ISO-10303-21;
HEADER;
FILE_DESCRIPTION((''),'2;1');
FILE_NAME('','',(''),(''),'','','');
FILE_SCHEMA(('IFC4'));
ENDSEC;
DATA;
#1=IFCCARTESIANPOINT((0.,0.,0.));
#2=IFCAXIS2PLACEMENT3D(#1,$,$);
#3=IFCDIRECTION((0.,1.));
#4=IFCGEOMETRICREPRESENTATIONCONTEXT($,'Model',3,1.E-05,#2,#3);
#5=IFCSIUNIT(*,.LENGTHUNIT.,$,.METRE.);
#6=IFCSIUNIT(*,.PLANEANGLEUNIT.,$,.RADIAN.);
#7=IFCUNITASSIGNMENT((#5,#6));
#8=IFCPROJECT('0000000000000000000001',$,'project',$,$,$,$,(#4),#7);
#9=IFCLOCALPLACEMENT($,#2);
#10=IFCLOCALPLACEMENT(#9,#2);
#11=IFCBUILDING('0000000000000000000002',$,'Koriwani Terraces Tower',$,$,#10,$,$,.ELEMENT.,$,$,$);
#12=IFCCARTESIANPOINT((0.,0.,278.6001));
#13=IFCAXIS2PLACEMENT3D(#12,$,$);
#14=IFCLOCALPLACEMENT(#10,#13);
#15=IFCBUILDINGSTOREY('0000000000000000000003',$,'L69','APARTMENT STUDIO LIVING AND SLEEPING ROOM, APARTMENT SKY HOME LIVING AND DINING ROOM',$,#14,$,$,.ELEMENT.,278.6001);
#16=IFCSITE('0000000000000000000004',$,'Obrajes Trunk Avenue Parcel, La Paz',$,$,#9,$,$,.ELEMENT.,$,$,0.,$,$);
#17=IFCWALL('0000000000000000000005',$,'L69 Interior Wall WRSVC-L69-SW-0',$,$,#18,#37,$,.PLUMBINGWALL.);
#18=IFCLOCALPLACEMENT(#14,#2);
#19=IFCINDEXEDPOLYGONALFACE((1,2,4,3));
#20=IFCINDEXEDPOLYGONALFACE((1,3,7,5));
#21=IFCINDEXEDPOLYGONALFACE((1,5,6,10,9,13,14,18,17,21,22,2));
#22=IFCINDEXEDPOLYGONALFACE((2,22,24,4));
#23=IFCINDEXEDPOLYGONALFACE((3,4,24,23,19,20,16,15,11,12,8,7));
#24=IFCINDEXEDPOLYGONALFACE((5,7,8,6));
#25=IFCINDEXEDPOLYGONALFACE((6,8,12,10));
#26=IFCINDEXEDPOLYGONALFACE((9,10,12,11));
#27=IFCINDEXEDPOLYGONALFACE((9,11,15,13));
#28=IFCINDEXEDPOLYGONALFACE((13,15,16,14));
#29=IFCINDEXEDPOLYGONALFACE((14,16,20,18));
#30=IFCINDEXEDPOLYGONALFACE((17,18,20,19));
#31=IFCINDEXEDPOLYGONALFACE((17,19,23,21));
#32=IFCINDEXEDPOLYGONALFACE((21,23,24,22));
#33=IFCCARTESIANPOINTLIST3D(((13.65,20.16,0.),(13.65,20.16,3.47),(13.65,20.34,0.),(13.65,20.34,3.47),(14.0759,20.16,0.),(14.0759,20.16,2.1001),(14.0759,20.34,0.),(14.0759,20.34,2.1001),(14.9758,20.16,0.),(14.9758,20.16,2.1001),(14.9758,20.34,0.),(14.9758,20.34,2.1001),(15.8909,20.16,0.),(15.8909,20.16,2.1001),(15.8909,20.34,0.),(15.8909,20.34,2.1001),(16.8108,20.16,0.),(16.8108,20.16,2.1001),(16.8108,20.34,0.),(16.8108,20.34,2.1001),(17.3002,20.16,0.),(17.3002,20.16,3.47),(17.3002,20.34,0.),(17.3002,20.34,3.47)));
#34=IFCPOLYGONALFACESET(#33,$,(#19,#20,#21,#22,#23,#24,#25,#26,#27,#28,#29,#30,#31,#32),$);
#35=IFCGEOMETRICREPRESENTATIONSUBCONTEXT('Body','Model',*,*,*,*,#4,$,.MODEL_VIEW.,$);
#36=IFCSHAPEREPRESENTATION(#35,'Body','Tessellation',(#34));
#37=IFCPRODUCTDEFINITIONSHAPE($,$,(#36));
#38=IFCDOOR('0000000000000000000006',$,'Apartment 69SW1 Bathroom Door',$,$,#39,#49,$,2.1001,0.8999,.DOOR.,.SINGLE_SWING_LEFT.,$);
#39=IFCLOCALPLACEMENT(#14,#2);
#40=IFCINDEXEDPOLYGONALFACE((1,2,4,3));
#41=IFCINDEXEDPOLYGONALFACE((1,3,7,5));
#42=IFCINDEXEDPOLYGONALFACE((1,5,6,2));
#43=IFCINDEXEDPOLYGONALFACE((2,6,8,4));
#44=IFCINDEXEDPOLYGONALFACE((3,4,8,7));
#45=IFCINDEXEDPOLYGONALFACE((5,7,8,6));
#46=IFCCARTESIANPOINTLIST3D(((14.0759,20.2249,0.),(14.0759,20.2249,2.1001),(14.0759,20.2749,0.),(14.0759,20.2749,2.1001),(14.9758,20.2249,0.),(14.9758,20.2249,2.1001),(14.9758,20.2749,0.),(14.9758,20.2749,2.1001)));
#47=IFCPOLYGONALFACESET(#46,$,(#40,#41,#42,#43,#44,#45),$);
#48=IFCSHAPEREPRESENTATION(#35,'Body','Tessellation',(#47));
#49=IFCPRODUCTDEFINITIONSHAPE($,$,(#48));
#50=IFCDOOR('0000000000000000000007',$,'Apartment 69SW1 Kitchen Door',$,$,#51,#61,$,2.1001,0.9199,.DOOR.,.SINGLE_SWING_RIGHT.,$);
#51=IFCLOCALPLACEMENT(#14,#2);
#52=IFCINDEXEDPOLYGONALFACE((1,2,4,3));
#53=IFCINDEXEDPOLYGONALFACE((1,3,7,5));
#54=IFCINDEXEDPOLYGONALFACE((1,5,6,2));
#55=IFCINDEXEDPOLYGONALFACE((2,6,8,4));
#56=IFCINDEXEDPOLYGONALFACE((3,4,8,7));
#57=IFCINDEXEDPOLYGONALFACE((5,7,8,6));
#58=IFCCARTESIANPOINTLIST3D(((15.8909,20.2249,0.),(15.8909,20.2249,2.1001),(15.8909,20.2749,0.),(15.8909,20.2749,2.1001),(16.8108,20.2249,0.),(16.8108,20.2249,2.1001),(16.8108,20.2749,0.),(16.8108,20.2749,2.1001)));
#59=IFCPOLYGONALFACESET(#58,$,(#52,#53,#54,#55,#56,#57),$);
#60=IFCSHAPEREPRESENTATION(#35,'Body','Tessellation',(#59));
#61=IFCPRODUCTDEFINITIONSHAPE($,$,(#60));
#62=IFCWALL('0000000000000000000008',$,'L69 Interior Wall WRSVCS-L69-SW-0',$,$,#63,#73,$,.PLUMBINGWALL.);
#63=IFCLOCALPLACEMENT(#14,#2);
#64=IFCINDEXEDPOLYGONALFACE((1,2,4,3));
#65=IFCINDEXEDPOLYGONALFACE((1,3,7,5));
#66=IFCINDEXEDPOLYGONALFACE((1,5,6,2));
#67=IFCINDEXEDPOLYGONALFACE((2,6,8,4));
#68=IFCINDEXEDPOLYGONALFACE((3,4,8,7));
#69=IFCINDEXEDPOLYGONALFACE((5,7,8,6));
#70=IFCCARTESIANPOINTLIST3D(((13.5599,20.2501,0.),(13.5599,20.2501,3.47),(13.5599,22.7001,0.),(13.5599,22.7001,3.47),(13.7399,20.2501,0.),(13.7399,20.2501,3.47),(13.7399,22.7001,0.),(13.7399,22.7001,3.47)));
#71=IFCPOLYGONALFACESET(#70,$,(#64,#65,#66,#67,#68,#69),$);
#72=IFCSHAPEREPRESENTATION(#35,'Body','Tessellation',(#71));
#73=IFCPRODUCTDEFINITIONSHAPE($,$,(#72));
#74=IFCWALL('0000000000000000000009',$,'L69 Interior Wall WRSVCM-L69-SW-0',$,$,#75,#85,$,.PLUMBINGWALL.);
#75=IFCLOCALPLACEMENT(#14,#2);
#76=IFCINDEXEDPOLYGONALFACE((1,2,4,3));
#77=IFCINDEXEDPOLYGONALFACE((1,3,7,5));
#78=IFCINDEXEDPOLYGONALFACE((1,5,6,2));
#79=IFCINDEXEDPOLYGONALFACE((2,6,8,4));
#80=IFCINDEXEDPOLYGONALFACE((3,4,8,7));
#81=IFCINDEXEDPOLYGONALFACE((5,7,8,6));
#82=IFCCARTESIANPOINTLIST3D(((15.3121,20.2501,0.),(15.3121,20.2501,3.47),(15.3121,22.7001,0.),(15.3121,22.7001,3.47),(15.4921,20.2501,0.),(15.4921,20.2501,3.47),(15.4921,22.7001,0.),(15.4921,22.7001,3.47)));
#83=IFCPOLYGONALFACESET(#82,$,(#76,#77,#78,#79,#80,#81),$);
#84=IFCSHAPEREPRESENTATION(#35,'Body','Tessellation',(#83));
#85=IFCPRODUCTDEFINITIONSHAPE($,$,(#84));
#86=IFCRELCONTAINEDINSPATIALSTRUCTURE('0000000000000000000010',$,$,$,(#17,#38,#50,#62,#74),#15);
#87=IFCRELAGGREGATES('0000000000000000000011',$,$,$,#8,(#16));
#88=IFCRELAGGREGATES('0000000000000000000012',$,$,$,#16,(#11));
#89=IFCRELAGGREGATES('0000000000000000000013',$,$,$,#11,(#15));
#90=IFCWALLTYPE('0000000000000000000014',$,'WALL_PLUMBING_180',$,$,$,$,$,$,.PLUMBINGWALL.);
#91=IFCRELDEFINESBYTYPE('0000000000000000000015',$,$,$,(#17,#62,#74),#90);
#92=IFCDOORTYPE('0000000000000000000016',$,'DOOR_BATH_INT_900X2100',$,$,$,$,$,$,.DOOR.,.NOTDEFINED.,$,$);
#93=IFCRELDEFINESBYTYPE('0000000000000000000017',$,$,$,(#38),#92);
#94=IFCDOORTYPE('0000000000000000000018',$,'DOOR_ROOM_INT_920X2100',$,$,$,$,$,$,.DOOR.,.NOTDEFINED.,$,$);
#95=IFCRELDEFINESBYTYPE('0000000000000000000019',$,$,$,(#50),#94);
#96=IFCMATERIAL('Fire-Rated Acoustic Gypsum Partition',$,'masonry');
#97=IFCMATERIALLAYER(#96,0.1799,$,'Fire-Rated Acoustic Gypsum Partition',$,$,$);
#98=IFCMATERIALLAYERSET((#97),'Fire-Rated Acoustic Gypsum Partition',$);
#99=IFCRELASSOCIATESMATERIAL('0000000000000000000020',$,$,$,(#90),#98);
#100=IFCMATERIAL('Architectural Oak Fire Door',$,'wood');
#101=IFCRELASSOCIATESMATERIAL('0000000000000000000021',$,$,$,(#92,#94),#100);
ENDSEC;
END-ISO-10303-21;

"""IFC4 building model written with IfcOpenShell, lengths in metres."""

from ifc_helpers import new_model, si_unit, direction, frame, frame_2d, origin, place, context, subcontext, project, spatial, rectangle, extrude, material, layer, layer_set, type_object, element, fill, save


model = new_model("IFC4")

# Units and contexts
model_context = context("Model", 3, precision=1e-05, world=origin(), true_north=direction((0.0, 1.0)))
body_context = subcontext(model_context, "Body", "Model", "MODEL_VIEW")
ifc_project = project(units=[si_unit("LENGTHUNIT", "METRE"), si_unit("PLANEANGLEUNIT", "RADIAN")], contexts=[model_context])

# Site, building, storey
site_placement = place(None, origin())
site = spatial("IfcSite", under=ifc_project, at=site_placement, Name="Obrajes Trunk Avenue Parcel, La Paz", CompositionType="ELEMENT", RefElevation=0.0)
building_placement = place(site_placement, origin())
building = spatial("IfcBuilding", under=site, at=building_placement, Name="Koriwani Terraces Tower", CompositionType="ELEMENT")
storey_placement = place(building_placement, frame((0.0, 0.0, 278.6001)))
storey = spatial("IfcBuildingStorey", under=building, at=storey_placement, Name="L69", Description="APARTMENT STUDIO LIVING AND SLEEPING ROOM, APARTMENT SKY HOME LIVING AND DINING ROOM", CompositionType="ELEMENT", Elevation=278.6001)

# Wall, openings, doors
ifc_material_1 = material(Name="Fire-Rated Acoustic Gypsum Partition", Category="masonry")
ifc_layer_1 = layer(ifc_material_1, 0.1799, Name="Fire-Rated Acoustic Gypsum Partition")
ifc_layer_set_1 = layer_set([ifc_layer_1], Name="Fire-Rated Acoustic Gypsum Partition")
wall_type_1 = type_object("IfcWallType", Name="WALL_PLUMBING_180", PredefinedType="PLUMBINGWALL", material=ifc_layer_set_1)
wall_1_placement = place(storey_placement, frame((13.6499, 20.25, 0.0), z_axis=(0.0, 0.0, 1.0), x_axis=(1.0, 0.0, 0.0)))
wall_1 = element("IfcWall", 1, at=wall_1_placement, inside=storey, type_object=wall_type_1, Name="L69 Interior Wall WRSVC-L69-SW-0", PredefinedType="PLUMBINGWALL", context=body_context, shape_type="SweptSolid", body=[
    extrude(rectangle(XDim=3.6501, YDim=0.1799, at=frame_2d((1.8252, 0.0))), origin(), (0.0, 0.0, 1.0), 3.47),
])
opening_1_placement = place(wall_1_placement, frame((0.426, 0.0, 0.0)))
opening_1 = element("IfcOpeningElement", 2, at=opening_1_placement, cuts=wall_1, PredefinedType="OPENING", context=body_context, shape_type="SweptSolid", body=[
    extrude(rectangle(XDim=0.8999, YDim=2.1001, at=frame_2d((0.45, 1.05))), frame((0.0, 0.1001, 0.0), z_axis=(0.0, -1.0, 0.0), x_axis=(1.0, 0.0, 0.0)), (0.0, 0.0, 1.0), 0.2),
])
opening_2_placement = place(wall_1_placement, frame((2.241, 0.0, 0.0)))
opening_2 = element("IfcOpeningElement", 3, at=opening_2_placement, cuts=wall_1, PredefinedType="OPENING", context=body_context, shape_type="SweptSolid", body=[
    extrude(rectangle(XDim=0.9199, YDim=2.1001, at=frame_2d((0.46, 1.05))), frame((0.0, 0.1001, 0.0), z_axis=(0.0, -1.0, 0.0), x_axis=(1.0, 0.0, 0.0)), (0.0, 0.0, 1.0), 0.2),
])
ifc_material_2 = material(Name="Architectural Oak Fire Door", Category="wood")
door_type_1 = type_object("IfcDoorType", Name="DOOR_BATH_INT_900X2100", OperationType="NOTDEFINED", PredefinedType="DOOR", material=ifc_material_2)
door_1_placement = place(opening_1_placement, origin())
door_1 = element("IfcDoor", 4, at=door_1_placement, inside=storey, type_object=door_type_1, Name="Apartment 69SW1 Bathroom Door", OperationType="SINGLE_SWING_LEFT", OverallHeight=2.1001, OverallWidth=0.8999, PredefinedType="DOOR", context=body_context, shape_type="SweptSolid", body=[
    extrude(rectangle(XDim=0.8999, YDim=2.1001, at=frame_2d((0.45, 1.05))), frame((0.0, 0.0249, 0.0), z_axis=(0.0, -1.0, 0.0), x_axis=(1.0, 0.0, 0.0)), (0.0, 0.0, 1.0), 0.05),
])
fill(opening_1, door_1)
door_type_2 = type_object("IfcDoorType", Name="DOOR_ROOM_INT_920X2100", OperationType="NOTDEFINED", PredefinedType="DOOR", material=ifc_material_2)
door_2_placement = place(opening_2_placement, origin())
door_2 = element("IfcDoor", 5, at=door_2_placement, inside=storey, type_object=door_type_2, Name="Apartment 69SW1 Kitchen Door", OperationType="SINGLE_SWING_RIGHT", OverallHeight=2.1001, OverallWidth=0.9199, PredefinedType="DOOR", context=body_context, shape_type="SweptSolid", body=[
    extrude(rectangle(XDim=0.9199, YDim=2.1001, at=frame_2d((0.46, 1.05))), frame((0.0, 0.0249, 0.0), z_axis=(0.0, -1.0, 0.0), x_axis=(1.0, 0.0, 0.0)), (0.0, 0.0, 1.0), 0.05),
])
fill(opening_2, door_2)

# Walls
for number, where, z_axis, x_axis, name in (
    (6, (13.6499, 20.25, 0.0), (0.0, 0.0, 1.0), (0.0, 1.0, 0.0), "L69 Interior Wall WRSVCS-L69-SW-0"),
    (7, (15.4021, 20.25, 0.0), (0.0, 0.0, 1.0), (0.0, 1.0, 0.0), "L69 Interior Wall WRSVCM-L69-SW-0"),
):
    element("IfcWall", number, at=place(storey_placement, frame(where, z_axis=z_axis, x_axis=x_axis)), inside=storey, type_object=wall_type_1, Name=name, PredefinedType="PLUMBINGWALL", context=body_context, shape_type="SweptSolid", body=[
        extrude(rectangle(XDim=2.45, YDim=0.1799, at=frame_2d((1.2251, 0.0))), origin(), (0.0, 0.0, 1.0), 3.47),
    ])

save(model, "model.ifc")
